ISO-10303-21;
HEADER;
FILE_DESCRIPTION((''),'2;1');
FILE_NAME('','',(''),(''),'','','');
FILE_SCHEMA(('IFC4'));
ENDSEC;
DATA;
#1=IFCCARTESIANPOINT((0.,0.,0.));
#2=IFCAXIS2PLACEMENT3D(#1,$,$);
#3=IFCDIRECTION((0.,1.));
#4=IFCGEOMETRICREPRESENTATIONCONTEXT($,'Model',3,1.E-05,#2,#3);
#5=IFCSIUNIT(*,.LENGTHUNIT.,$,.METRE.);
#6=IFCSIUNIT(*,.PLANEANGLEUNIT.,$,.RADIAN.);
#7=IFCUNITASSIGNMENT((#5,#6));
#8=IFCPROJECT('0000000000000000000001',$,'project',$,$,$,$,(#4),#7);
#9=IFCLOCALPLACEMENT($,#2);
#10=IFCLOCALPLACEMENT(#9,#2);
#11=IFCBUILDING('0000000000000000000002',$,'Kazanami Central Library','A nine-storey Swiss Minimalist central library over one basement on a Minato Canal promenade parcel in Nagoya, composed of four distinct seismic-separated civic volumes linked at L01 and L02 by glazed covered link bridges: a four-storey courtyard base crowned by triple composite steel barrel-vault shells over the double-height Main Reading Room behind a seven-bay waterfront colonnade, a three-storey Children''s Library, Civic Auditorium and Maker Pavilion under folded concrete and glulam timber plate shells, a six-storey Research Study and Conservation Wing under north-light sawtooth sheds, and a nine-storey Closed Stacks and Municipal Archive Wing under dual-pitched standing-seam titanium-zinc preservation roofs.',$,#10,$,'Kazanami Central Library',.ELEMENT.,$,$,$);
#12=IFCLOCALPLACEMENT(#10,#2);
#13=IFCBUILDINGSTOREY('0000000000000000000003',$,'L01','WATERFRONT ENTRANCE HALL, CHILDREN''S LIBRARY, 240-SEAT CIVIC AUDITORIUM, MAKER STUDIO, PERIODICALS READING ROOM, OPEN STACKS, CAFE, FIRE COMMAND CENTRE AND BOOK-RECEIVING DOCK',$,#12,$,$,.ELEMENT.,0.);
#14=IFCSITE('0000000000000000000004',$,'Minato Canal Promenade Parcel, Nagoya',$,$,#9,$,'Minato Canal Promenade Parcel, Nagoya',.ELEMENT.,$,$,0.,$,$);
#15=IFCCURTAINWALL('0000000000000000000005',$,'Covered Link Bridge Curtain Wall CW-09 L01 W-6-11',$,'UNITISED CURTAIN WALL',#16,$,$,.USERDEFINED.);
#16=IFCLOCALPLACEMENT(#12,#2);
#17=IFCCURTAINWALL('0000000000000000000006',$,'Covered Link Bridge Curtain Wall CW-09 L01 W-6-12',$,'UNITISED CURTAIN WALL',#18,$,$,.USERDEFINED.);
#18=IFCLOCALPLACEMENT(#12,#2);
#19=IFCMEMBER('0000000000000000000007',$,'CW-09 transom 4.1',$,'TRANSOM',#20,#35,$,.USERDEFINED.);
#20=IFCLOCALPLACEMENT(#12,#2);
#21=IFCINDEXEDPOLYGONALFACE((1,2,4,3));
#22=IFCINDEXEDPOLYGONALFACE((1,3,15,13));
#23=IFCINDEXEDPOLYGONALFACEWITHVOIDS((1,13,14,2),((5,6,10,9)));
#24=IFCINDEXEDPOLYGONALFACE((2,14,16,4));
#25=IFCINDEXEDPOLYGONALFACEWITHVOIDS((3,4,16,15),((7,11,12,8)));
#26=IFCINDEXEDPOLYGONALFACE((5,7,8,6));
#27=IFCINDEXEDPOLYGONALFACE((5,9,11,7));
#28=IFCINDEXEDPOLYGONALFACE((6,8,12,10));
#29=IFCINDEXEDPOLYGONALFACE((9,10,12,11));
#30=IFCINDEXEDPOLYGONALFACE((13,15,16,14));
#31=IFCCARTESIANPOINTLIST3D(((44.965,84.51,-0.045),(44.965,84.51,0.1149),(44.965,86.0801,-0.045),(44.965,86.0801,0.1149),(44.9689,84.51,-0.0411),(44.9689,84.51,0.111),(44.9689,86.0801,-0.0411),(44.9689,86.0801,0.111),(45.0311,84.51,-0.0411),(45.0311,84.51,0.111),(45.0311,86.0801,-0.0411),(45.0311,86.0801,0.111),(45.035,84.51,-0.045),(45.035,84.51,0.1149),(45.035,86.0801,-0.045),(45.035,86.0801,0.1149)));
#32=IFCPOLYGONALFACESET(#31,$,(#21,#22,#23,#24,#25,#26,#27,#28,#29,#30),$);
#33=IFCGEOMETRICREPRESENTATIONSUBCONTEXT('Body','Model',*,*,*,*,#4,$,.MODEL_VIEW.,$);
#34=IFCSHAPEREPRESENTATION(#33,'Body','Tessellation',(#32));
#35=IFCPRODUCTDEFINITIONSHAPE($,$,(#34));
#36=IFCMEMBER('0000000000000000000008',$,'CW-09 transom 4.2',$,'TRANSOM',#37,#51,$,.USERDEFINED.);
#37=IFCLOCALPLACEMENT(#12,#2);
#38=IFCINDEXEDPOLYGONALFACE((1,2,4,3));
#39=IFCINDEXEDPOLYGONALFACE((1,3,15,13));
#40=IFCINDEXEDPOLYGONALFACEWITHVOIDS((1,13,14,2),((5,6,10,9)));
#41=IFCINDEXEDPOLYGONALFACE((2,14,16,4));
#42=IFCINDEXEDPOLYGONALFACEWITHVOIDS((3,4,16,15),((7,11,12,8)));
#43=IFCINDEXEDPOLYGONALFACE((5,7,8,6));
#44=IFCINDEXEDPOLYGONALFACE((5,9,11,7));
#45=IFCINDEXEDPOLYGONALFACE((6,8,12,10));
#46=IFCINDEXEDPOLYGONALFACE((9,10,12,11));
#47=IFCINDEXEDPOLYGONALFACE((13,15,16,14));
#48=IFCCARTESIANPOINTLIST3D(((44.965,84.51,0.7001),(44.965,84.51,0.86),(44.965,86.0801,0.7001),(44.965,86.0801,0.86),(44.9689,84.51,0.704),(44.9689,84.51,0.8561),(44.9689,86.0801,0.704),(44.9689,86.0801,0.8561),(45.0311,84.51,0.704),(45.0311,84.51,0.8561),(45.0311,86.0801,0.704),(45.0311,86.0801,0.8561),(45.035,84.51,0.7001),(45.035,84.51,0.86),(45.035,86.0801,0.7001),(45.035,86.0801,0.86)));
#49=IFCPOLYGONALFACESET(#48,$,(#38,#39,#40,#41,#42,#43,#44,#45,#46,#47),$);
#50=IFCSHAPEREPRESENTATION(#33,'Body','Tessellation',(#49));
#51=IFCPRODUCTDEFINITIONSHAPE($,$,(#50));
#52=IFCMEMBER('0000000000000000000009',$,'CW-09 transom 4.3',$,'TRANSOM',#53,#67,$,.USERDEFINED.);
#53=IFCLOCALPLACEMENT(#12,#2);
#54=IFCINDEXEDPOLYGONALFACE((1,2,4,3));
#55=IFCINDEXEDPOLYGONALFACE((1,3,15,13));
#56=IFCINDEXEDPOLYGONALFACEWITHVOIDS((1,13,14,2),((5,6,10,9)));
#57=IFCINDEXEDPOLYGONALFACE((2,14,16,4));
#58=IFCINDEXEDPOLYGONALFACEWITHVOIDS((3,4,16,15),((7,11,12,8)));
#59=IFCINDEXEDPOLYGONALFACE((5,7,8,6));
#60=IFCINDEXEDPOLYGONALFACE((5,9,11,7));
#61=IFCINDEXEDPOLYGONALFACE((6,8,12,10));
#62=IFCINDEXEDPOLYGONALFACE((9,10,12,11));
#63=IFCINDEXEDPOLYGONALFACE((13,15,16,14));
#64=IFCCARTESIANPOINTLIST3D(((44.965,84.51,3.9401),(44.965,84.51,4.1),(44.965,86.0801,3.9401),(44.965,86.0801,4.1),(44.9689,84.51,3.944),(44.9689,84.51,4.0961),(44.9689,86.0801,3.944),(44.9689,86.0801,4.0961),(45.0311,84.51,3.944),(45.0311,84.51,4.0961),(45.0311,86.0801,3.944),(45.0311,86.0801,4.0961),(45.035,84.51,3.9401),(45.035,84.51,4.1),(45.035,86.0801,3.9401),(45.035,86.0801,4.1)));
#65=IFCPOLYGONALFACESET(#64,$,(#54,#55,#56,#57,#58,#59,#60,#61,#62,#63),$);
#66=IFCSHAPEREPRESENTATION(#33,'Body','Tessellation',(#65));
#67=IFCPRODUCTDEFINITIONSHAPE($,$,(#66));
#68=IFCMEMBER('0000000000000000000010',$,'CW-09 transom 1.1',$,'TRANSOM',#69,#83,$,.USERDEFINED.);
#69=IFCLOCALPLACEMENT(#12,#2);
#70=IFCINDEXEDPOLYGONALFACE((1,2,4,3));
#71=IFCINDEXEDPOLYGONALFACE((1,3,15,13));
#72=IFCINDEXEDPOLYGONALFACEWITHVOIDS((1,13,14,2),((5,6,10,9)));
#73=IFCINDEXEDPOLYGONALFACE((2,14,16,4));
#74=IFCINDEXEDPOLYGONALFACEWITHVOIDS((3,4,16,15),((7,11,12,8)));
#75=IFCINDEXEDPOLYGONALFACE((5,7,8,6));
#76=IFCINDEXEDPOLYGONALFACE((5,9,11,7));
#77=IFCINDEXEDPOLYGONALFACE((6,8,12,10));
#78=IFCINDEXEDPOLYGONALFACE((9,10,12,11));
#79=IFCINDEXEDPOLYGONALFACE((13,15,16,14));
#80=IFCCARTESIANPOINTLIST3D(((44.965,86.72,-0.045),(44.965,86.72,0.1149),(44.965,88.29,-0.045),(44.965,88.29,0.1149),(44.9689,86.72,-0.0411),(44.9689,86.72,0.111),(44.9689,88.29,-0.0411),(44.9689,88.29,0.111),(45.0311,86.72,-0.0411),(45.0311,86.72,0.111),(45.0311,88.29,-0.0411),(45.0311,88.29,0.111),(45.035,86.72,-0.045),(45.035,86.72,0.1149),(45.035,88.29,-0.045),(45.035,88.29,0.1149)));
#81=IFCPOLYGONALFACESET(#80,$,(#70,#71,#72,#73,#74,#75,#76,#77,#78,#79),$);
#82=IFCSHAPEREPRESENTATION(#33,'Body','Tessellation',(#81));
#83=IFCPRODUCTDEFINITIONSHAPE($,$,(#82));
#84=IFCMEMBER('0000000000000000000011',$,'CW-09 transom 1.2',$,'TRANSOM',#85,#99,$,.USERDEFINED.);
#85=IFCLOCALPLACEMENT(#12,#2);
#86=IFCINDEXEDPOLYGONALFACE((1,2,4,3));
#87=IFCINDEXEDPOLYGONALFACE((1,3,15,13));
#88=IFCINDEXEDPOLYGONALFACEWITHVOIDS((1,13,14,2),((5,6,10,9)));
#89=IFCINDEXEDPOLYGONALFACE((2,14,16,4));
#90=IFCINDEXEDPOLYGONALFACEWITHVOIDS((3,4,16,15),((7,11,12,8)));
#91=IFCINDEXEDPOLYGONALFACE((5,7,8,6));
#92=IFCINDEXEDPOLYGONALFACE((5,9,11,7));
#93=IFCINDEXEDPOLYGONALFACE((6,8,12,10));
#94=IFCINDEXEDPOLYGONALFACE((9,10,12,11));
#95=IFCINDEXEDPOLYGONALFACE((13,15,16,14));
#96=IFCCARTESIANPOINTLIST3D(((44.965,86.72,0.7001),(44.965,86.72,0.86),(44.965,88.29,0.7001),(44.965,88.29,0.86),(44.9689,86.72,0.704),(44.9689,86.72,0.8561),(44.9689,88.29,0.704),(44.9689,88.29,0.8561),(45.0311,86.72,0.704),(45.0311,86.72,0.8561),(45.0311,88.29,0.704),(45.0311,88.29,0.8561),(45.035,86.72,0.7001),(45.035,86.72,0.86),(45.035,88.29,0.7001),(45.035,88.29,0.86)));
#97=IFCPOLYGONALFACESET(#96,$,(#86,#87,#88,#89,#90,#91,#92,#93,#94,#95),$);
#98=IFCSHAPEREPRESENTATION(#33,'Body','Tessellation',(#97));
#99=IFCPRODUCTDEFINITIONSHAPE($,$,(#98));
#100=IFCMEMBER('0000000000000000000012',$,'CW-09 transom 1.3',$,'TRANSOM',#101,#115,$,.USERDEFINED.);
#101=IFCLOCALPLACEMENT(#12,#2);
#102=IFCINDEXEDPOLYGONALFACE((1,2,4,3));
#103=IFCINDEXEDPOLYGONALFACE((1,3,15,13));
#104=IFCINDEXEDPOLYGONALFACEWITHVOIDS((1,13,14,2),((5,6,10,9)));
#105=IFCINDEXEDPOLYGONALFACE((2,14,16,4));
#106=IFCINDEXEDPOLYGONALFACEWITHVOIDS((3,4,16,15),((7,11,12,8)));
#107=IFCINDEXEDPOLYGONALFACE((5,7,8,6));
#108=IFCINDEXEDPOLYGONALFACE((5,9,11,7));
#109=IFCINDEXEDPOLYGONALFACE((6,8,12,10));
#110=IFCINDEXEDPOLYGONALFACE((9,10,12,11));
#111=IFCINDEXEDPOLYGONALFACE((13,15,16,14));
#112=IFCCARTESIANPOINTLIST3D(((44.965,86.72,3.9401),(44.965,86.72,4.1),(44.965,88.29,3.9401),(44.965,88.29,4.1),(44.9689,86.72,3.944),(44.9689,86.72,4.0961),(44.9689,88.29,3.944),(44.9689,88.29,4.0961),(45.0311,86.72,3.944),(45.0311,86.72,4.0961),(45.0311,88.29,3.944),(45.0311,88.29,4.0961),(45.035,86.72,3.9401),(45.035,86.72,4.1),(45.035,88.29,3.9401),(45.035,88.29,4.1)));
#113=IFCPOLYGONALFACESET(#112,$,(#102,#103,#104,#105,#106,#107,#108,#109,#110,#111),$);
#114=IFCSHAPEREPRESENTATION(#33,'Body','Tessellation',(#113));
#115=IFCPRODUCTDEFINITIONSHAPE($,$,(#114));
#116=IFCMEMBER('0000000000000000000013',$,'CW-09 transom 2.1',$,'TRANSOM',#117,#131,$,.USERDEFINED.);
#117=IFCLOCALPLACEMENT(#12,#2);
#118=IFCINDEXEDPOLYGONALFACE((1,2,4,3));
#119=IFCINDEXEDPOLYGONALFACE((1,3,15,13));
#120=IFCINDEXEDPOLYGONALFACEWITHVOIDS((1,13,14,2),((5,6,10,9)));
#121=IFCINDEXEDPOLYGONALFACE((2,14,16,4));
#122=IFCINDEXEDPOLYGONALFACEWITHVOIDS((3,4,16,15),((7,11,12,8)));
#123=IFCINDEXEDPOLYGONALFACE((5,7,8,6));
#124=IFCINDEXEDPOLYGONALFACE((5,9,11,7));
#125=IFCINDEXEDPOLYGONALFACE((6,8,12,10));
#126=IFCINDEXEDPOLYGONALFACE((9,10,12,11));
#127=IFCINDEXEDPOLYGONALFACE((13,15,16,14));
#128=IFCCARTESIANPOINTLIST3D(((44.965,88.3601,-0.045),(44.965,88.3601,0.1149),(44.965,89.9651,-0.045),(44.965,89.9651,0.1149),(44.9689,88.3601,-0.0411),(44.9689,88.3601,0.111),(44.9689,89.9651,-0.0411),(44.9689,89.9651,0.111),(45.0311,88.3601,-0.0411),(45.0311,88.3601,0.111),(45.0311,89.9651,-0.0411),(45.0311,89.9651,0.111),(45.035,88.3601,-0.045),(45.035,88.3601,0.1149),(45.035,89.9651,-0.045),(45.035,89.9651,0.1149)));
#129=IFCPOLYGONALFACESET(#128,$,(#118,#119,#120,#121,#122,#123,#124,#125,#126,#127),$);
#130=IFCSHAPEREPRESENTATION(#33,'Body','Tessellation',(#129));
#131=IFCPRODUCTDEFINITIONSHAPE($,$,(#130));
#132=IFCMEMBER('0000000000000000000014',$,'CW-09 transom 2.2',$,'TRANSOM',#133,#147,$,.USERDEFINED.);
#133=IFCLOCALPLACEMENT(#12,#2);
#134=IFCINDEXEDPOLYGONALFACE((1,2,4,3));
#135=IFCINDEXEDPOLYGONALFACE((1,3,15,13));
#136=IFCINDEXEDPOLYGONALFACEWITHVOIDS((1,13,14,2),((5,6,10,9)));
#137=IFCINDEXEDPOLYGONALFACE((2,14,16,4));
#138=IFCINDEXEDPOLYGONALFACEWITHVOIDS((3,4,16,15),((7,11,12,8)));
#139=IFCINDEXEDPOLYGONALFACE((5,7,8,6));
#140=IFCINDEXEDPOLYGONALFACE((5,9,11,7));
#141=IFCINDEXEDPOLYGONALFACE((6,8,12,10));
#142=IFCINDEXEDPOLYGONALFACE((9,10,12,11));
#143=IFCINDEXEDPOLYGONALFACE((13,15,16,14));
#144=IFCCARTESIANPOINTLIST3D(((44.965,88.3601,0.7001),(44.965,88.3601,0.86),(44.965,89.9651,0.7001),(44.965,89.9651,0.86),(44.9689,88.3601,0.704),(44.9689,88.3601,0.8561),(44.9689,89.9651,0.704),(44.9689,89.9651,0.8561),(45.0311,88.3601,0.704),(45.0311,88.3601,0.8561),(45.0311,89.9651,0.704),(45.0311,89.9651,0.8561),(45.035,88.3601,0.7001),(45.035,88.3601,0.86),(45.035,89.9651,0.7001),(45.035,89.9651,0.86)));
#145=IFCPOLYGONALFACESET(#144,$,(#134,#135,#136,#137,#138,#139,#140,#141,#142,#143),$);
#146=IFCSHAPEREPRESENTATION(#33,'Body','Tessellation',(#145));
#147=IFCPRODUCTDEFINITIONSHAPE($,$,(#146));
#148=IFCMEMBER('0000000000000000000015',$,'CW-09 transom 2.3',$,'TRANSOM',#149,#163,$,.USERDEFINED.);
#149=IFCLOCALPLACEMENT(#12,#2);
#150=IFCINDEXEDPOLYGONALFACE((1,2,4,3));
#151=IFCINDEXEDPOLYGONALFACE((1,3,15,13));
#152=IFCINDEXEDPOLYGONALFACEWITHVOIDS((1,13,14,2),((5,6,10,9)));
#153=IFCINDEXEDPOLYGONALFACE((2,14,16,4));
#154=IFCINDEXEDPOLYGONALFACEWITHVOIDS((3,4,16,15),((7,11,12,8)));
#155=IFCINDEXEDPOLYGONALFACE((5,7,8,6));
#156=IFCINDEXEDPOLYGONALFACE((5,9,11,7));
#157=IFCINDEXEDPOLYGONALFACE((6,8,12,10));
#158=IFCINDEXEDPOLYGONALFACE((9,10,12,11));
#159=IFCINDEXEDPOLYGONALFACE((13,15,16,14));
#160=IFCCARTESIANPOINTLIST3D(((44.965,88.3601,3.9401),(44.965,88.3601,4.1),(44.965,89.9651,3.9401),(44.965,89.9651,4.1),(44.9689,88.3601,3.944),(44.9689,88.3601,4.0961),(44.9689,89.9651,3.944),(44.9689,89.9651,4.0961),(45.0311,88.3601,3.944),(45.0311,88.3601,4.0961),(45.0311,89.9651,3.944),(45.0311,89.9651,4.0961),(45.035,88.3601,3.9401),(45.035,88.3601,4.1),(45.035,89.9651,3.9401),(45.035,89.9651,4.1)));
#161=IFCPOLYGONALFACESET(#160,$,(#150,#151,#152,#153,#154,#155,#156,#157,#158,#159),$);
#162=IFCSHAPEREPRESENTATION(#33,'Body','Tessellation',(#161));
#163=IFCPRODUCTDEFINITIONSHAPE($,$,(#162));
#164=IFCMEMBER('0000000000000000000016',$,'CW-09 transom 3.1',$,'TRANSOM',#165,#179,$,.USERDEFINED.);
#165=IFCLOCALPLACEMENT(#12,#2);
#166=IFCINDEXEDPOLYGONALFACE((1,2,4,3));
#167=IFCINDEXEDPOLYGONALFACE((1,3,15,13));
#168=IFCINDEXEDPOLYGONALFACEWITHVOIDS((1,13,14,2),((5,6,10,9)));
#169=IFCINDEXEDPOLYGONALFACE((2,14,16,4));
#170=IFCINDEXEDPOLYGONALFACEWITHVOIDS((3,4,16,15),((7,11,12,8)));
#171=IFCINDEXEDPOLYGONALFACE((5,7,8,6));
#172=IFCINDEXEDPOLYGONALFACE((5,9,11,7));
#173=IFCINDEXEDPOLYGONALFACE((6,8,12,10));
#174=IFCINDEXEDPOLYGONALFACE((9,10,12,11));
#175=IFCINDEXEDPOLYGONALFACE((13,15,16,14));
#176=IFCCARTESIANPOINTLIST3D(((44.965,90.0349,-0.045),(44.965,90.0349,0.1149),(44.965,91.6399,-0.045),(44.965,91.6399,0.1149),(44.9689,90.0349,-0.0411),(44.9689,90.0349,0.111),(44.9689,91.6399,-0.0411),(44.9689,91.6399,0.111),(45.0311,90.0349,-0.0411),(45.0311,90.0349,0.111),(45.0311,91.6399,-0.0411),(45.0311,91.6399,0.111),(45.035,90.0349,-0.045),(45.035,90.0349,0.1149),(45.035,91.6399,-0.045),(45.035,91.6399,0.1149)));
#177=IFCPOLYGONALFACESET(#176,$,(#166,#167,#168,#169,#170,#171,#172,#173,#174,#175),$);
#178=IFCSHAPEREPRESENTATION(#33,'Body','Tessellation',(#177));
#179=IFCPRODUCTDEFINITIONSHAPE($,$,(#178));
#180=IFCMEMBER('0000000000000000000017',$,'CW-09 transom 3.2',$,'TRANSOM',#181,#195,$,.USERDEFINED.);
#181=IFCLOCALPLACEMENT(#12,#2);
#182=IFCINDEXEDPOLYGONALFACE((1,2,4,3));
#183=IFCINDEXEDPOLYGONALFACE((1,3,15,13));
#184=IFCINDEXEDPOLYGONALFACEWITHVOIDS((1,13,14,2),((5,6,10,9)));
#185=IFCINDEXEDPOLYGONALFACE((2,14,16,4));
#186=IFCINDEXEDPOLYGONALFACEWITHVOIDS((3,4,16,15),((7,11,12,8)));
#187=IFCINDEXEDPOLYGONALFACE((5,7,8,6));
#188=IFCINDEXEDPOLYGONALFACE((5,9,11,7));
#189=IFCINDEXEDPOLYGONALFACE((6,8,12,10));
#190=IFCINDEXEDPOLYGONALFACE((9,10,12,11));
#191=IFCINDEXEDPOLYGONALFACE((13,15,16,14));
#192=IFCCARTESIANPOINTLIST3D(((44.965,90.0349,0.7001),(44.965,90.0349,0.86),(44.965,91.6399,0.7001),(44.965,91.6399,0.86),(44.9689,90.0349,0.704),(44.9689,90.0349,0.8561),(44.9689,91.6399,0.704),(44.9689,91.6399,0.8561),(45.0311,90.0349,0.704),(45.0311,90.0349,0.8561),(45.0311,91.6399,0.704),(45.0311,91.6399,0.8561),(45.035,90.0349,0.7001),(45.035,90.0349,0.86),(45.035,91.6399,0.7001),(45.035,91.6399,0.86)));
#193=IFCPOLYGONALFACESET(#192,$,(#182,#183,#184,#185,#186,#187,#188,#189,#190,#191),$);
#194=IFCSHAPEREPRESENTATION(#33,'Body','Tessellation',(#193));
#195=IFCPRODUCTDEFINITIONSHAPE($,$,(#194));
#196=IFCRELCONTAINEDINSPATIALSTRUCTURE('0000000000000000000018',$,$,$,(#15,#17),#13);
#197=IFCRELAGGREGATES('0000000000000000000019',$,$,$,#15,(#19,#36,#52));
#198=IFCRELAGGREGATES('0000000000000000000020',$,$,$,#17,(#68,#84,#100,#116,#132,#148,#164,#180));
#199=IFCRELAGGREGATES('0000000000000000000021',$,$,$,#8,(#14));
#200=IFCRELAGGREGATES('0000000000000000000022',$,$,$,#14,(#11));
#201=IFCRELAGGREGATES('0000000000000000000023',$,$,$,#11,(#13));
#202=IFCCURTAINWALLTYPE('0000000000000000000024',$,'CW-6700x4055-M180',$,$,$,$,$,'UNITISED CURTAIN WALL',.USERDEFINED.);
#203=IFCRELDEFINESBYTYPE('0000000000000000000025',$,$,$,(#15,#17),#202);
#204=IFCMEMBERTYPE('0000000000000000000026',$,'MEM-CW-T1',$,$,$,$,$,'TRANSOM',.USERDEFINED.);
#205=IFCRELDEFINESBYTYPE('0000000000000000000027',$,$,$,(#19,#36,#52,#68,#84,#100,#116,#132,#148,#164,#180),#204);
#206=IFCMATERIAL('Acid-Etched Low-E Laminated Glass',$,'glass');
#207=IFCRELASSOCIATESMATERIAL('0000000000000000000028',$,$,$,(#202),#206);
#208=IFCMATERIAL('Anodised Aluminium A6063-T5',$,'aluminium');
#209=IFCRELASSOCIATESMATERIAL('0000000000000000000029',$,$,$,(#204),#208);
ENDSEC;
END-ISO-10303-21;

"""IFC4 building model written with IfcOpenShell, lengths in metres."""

from ifc_helpers import new_model, si_unit, direction, frame, origin, origin_2d, place, context, subcontext, project, spatial, hollow_rectangle, extrude, material, material_profile, profile_set, type_object, element, aggregate, save


model = new_model("IFC4")

# Units and contexts
model_context = context("Model", 3, precision=1e-05, world=origin(), true_north=direction((0.0, 1.0)))
body_context = subcontext(model_context, "Body", "Model", "MODEL_VIEW")
ifc_project = project(units=[si_unit("LENGTHUNIT", "METRE"), si_unit("PLANEANGLEUNIT", "RADIAN")], contexts=[model_context])

# Site, building, storey
site_placement = place(None, origin())
site = spatial("IfcSite", under=ifc_project, at=site_placement, Name="Minato Canal Promenade Parcel, Nagoya", LongName="Minato Canal Promenade Parcel, Nagoya", CompositionType="ELEMENT", RefElevation=0.0)
building_placement = place(site_placement, origin())
building = spatial("IfcBuilding", under=site, at=building_placement, Name="Kazanami Central Library", Description="A nine-storey Swiss Minimalist central library over one basement on a Minato Canal promenade parcel in Nagoya, composed of four distinct seismic-separated civic volumes linked at L01 and L02 by glazed covered link bridges: a four-storey courtyard base crowned by triple composite steel barrel-vault shells over the double-height Main Reading Room behind a seven-bay waterfront colonnade, a three-storey Children's Library, Civic Auditorium and Maker Pavilion under folded concrete and glulam timber plate shells, a six-storey Research Study and Conservation Wing under north-light sawtooth sheds, and a nine-storey Closed Stacks and Municipal Archive Wing under dual-pitched standing-seam titanium-zinc preservation roofs.", LongName="Kazanami Central Library", CompositionType="ELEMENT")
storey_placement = place(building_placement, origin())
storey = spatial("IfcBuildingStorey", under=building, at=storey_placement, Name="L01", Description="WATERFRONT ENTRANCE HALL, CHILDREN'S LIBRARY, 240-SEAT CIVIC AUDITORIUM, MAKER STUDIO, PERIODICALS READING ROOM, OPEN STACKS, CAFE, FIRE COMMAND CENTRE AND BOOK-RECEIVING DOCK", CompositionType="ELEMENT", Elevation=0.0)

# Curtain walls
ifc_material_1 = material(Name="Acid-Etched Low-E Laminated Glass", Category="glass")
curtain_wall_type = type_object("IfcCurtainWallType", Name="CW-6700x4055-M180", ElementType="UNITISED CURTAIN WALL", PredefinedType="USERDEFINED", material=ifc_material_1)
curtain_wall_1_placement = place(storey_placement, origin())
curtain_wall_1 = element("IfcCurtainWall", 1, at=curtain_wall_1_placement, inside=storey, type_object=curtain_wall_type, Name="Covered Link Bridge Curtain Wall CW-09 L01 W-6-11", ObjectType="UNITISED CURTAIN WALL", PredefinedType="USERDEFINED")
ifc_material_2 = material(Name="Anodised Aluminium A6063-T5", Category="aluminium")
curtain_wall_2_placement = place(storey_placement, origin())
curtain_wall_2 = element("IfcCurtainWall", 2, at=curtain_wall_2_placement, inside=storey, type_object=curtain_wall_type, Name="Covered Link Bridge Curtain Wall CW-09 L01 W-6-12", ObjectType="UNITISED CURTAIN WALL", PredefinedType="USERDEFINED")

# Members
ifc_material_profile_1 = material_profile(ifc_material_2, hollow_rectangle(XDim=0.0701, YDim=0.1599, WallThickness=0.0039, at=origin_2d()), Name="ALU-TRAN-70x160x4")
ifc_profile_set_1 = profile_set([ifc_material_profile_1], Name="Anodised Aluminium A6063-T5")
member_type_1 = type_object("IfcMemberType", Name="MEM-CW-T1", ElementType="TRANSOM", PredefinedType="USERDEFINED", material=ifc_profile_set_1)
member_1_placement = place(storey_placement, frame((45.0, 84.51, 0.0349), z_axis=(0.0, 1.0, 0.0), x_axis=(-1.0, 0.0, 0.0)))
member_1 = element("IfcMember", 3, at=member_1_placement, type_object=member_type_1, Name="CW-09 transom 4.1", ObjectType="TRANSOM", PredefinedType="USERDEFINED", context=body_context, shape_type="SweptSolid", body=[
    extrude(hollow_rectangle(XDim=0.0701, YDim=0.1599, WallThickness=0.0039, at=origin_2d()), origin(), (0.0, 0.0, 1.0), 1.5701),
])
member_2_placement = place(storey_placement, frame((45.0, 84.51, 0.78), z_axis=(0.0, 1.0, 0.0), x_axis=(-1.0, 0.0, 0.0)))
member_2 = element("IfcMember", 4, at=member_2_placement, type_object=member_type_1, Name="CW-09 transom 4.2", ObjectType="TRANSOM", PredefinedType="USERDEFINED", context=body_context, shape_type="SweptSolid", body=[
    extrude(hollow_rectangle(XDim=0.0701, YDim=0.1599, WallThickness=0.0039, at=origin_2d()), origin(), (0.0, 0.0, 1.0), 1.5701),
])
member_3_placement = place(storey_placement, frame((45.0, 84.51, 4.02), z_axis=(0.0, 1.0, 0.0), x_axis=(-1.0, 0.0, 0.0)))
member_3 = element("IfcMember", 5, at=member_3_placement, type_object=member_type_1, Name="CW-09 transom 4.3", ObjectType="TRANSOM", PredefinedType="USERDEFINED", context=body_context, shape_type="SweptSolid", body=[
    extrude(hollow_rectangle(XDim=0.0701, YDim=0.1599, WallThickness=0.0039, at=origin_2d()), origin(), (0.0, 0.0, 1.0), 1.5701),
])
member_4_placement = place(storey_placement, frame((45.0, 86.72, 0.0349), z_axis=(0.0, 1.0, 0.0), x_axis=(-1.0, 0.0, 0.0)))
member_4 = element("IfcMember", 6, at=member_4_placement, type_object=member_type_1, Name="CW-09 transom 1.1", ObjectType="TRANSOM", PredefinedType="USERDEFINED", context=body_context, shape_type="SweptSolid", body=[
    extrude(hollow_rectangle(XDim=0.0701, YDim=0.1599, WallThickness=0.0039, at=origin_2d()), origin(), (0.0, 0.0, 1.0), 1.5701),
])
member_5_placement = place(storey_placement, frame((45.0, 86.72, 0.78), z_axis=(0.0, 1.0, 0.0), x_axis=(-1.0, 0.0, 0.0)))
member_5 = element("IfcMember", 7, at=member_5_placement, type_object=member_type_1, Name="CW-09 transom 1.2", ObjectType="TRANSOM", PredefinedType="USERDEFINED", context=body_context, shape_type="SweptSolid", body=[
    extrude(hollow_rectangle(XDim=0.0701, YDim=0.1599, WallThickness=0.0039, at=origin_2d()), origin(), (0.0, 0.0, 1.0), 1.5701),
])
member_6_placement = place(storey_placement, frame((45.0, 86.72, 4.02), z_axis=(0.0, 1.0, 0.0), x_axis=(-1.0, 0.0, 0.0)))
member_6 = element("IfcMember", 8, at=member_6_placement, type_object=member_type_1, Name="CW-09 transom 1.3", ObjectType="TRANSOM", PredefinedType="USERDEFINED", context=body_context, shape_type="SweptSolid", body=[
    extrude(hollow_rectangle(XDim=0.0701, YDim=0.1599, WallThickness=0.0039, at=origin_2d()), origin(), (0.0, 0.0, 1.0), 1.5701),
])
member_7_placement = place(storey_placement, frame((45.0, 88.3601, 0.0349), z_axis=(0.0, 1.0, 0.0), x_axis=(-1.0, 0.0, 0.0)))
member_7 = element("IfcMember", 9, at=member_7_placement, type_object=member_type_1, Name="CW-09 transom 2.1", ObjectType="TRANSOM", PredefinedType="USERDEFINED", context=body_context, shape_type="SweptSolid", body=[
    extrude(hollow_rectangle(XDim=0.0701, YDim=0.1599, WallThickness=0.0039, at=origin_2d()), origin(), (0.0, 0.0, 1.0), 1.605),
])
member_8_placement = place(storey_placement, frame((45.0, 88.3601, 0.78), z_axis=(0.0, 1.0, 0.0), x_axis=(-1.0, 0.0, 0.0)))
member_8 = element("IfcMember", 10, at=member_8_placement, type_object=member_type_1, Name="CW-09 transom 2.2", ObjectType="TRANSOM", PredefinedType="USERDEFINED", context=body_context, shape_type="SweptSolid", body=[
    extrude(hollow_rectangle(XDim=0.0701, YDim=0.1599, WallThickness=0.0039, at=origin_2d()), origin(), (0.0, 0.0, 1.0), 1.605),
])
member_9_placement = place(storey_placement, frame((45.0, 88.3601, 4.02), z_axis=(0.0, 1.0, 0.0), x_axis=(-1.0, 0.0, 0.0)))
member_9 = element("IfcMember", 11, at=member_9_placement, type_object=member_type_1, Name="CW-09 transom 2.3", ObjectType="TRANSOM", PredefinedType="USERDEFINED", context=body_context, shape_type="SweptSolid", body=[
    extrude(hollow_rectangle(XDim=0.0701, YDim=0.1599, WallThickness=0.0039, at=origin_2d()), origin(), (0.0, 0.0, 1.0), 1.605),
])
member_10_placement = place(storey_placement, frame((45.0, 90.0349, 0.0349), z_axis=(0.0, 1.0, 0.0), x_axis=(-1.0, 0.0, 0.0)))
member_10 = element("IfcMember", 12, at=member_10_placement, type_object=member_type_1, Name="CW-09 transom 3.1", ObjectType="TRANSOM", PredefinedType="USERDEFINED", context=body_context, shape_type="SweptSolid", body=[
    extrude(hollow_rectangle(XDim=0.0701, YDim=0.1599, WallThickness=0.0039, at=origin_2d()), origin(), (0.0, 0.0, 1.0), 1.605),
])
member_11_placement = place(storey_placement, frame((45.0, 90.0349, 0.78), z_axis=(0.0, 1.0, 0.0), x_axis=(-1.0, 0.0, 0.0)))
member_11 = element("IfcMember", 13, at=member_11_placement, type_object=member_type_1, Name="CW-09 transom 3.2", ObjectType="TRANSOM", PredefinedType="USERDEFINED", context=body_context, shape_type="SweptSolid", body=[
    extrude(hollow_rectangle(XDim=0.0701, YDim=0.1599, WallThickness=0.0039, at=origin_2d()), origin(), (0.0, 0.0, 1.0), 1.605),
])

aggregate(curtain_wall_1, [member_1, member_2, member_3])
aggregate(curtain_wall_2, [member_4, member_5, member_6, member_7, member_8, member_9, member_10, member_11])

save(model, "model.ifc")
